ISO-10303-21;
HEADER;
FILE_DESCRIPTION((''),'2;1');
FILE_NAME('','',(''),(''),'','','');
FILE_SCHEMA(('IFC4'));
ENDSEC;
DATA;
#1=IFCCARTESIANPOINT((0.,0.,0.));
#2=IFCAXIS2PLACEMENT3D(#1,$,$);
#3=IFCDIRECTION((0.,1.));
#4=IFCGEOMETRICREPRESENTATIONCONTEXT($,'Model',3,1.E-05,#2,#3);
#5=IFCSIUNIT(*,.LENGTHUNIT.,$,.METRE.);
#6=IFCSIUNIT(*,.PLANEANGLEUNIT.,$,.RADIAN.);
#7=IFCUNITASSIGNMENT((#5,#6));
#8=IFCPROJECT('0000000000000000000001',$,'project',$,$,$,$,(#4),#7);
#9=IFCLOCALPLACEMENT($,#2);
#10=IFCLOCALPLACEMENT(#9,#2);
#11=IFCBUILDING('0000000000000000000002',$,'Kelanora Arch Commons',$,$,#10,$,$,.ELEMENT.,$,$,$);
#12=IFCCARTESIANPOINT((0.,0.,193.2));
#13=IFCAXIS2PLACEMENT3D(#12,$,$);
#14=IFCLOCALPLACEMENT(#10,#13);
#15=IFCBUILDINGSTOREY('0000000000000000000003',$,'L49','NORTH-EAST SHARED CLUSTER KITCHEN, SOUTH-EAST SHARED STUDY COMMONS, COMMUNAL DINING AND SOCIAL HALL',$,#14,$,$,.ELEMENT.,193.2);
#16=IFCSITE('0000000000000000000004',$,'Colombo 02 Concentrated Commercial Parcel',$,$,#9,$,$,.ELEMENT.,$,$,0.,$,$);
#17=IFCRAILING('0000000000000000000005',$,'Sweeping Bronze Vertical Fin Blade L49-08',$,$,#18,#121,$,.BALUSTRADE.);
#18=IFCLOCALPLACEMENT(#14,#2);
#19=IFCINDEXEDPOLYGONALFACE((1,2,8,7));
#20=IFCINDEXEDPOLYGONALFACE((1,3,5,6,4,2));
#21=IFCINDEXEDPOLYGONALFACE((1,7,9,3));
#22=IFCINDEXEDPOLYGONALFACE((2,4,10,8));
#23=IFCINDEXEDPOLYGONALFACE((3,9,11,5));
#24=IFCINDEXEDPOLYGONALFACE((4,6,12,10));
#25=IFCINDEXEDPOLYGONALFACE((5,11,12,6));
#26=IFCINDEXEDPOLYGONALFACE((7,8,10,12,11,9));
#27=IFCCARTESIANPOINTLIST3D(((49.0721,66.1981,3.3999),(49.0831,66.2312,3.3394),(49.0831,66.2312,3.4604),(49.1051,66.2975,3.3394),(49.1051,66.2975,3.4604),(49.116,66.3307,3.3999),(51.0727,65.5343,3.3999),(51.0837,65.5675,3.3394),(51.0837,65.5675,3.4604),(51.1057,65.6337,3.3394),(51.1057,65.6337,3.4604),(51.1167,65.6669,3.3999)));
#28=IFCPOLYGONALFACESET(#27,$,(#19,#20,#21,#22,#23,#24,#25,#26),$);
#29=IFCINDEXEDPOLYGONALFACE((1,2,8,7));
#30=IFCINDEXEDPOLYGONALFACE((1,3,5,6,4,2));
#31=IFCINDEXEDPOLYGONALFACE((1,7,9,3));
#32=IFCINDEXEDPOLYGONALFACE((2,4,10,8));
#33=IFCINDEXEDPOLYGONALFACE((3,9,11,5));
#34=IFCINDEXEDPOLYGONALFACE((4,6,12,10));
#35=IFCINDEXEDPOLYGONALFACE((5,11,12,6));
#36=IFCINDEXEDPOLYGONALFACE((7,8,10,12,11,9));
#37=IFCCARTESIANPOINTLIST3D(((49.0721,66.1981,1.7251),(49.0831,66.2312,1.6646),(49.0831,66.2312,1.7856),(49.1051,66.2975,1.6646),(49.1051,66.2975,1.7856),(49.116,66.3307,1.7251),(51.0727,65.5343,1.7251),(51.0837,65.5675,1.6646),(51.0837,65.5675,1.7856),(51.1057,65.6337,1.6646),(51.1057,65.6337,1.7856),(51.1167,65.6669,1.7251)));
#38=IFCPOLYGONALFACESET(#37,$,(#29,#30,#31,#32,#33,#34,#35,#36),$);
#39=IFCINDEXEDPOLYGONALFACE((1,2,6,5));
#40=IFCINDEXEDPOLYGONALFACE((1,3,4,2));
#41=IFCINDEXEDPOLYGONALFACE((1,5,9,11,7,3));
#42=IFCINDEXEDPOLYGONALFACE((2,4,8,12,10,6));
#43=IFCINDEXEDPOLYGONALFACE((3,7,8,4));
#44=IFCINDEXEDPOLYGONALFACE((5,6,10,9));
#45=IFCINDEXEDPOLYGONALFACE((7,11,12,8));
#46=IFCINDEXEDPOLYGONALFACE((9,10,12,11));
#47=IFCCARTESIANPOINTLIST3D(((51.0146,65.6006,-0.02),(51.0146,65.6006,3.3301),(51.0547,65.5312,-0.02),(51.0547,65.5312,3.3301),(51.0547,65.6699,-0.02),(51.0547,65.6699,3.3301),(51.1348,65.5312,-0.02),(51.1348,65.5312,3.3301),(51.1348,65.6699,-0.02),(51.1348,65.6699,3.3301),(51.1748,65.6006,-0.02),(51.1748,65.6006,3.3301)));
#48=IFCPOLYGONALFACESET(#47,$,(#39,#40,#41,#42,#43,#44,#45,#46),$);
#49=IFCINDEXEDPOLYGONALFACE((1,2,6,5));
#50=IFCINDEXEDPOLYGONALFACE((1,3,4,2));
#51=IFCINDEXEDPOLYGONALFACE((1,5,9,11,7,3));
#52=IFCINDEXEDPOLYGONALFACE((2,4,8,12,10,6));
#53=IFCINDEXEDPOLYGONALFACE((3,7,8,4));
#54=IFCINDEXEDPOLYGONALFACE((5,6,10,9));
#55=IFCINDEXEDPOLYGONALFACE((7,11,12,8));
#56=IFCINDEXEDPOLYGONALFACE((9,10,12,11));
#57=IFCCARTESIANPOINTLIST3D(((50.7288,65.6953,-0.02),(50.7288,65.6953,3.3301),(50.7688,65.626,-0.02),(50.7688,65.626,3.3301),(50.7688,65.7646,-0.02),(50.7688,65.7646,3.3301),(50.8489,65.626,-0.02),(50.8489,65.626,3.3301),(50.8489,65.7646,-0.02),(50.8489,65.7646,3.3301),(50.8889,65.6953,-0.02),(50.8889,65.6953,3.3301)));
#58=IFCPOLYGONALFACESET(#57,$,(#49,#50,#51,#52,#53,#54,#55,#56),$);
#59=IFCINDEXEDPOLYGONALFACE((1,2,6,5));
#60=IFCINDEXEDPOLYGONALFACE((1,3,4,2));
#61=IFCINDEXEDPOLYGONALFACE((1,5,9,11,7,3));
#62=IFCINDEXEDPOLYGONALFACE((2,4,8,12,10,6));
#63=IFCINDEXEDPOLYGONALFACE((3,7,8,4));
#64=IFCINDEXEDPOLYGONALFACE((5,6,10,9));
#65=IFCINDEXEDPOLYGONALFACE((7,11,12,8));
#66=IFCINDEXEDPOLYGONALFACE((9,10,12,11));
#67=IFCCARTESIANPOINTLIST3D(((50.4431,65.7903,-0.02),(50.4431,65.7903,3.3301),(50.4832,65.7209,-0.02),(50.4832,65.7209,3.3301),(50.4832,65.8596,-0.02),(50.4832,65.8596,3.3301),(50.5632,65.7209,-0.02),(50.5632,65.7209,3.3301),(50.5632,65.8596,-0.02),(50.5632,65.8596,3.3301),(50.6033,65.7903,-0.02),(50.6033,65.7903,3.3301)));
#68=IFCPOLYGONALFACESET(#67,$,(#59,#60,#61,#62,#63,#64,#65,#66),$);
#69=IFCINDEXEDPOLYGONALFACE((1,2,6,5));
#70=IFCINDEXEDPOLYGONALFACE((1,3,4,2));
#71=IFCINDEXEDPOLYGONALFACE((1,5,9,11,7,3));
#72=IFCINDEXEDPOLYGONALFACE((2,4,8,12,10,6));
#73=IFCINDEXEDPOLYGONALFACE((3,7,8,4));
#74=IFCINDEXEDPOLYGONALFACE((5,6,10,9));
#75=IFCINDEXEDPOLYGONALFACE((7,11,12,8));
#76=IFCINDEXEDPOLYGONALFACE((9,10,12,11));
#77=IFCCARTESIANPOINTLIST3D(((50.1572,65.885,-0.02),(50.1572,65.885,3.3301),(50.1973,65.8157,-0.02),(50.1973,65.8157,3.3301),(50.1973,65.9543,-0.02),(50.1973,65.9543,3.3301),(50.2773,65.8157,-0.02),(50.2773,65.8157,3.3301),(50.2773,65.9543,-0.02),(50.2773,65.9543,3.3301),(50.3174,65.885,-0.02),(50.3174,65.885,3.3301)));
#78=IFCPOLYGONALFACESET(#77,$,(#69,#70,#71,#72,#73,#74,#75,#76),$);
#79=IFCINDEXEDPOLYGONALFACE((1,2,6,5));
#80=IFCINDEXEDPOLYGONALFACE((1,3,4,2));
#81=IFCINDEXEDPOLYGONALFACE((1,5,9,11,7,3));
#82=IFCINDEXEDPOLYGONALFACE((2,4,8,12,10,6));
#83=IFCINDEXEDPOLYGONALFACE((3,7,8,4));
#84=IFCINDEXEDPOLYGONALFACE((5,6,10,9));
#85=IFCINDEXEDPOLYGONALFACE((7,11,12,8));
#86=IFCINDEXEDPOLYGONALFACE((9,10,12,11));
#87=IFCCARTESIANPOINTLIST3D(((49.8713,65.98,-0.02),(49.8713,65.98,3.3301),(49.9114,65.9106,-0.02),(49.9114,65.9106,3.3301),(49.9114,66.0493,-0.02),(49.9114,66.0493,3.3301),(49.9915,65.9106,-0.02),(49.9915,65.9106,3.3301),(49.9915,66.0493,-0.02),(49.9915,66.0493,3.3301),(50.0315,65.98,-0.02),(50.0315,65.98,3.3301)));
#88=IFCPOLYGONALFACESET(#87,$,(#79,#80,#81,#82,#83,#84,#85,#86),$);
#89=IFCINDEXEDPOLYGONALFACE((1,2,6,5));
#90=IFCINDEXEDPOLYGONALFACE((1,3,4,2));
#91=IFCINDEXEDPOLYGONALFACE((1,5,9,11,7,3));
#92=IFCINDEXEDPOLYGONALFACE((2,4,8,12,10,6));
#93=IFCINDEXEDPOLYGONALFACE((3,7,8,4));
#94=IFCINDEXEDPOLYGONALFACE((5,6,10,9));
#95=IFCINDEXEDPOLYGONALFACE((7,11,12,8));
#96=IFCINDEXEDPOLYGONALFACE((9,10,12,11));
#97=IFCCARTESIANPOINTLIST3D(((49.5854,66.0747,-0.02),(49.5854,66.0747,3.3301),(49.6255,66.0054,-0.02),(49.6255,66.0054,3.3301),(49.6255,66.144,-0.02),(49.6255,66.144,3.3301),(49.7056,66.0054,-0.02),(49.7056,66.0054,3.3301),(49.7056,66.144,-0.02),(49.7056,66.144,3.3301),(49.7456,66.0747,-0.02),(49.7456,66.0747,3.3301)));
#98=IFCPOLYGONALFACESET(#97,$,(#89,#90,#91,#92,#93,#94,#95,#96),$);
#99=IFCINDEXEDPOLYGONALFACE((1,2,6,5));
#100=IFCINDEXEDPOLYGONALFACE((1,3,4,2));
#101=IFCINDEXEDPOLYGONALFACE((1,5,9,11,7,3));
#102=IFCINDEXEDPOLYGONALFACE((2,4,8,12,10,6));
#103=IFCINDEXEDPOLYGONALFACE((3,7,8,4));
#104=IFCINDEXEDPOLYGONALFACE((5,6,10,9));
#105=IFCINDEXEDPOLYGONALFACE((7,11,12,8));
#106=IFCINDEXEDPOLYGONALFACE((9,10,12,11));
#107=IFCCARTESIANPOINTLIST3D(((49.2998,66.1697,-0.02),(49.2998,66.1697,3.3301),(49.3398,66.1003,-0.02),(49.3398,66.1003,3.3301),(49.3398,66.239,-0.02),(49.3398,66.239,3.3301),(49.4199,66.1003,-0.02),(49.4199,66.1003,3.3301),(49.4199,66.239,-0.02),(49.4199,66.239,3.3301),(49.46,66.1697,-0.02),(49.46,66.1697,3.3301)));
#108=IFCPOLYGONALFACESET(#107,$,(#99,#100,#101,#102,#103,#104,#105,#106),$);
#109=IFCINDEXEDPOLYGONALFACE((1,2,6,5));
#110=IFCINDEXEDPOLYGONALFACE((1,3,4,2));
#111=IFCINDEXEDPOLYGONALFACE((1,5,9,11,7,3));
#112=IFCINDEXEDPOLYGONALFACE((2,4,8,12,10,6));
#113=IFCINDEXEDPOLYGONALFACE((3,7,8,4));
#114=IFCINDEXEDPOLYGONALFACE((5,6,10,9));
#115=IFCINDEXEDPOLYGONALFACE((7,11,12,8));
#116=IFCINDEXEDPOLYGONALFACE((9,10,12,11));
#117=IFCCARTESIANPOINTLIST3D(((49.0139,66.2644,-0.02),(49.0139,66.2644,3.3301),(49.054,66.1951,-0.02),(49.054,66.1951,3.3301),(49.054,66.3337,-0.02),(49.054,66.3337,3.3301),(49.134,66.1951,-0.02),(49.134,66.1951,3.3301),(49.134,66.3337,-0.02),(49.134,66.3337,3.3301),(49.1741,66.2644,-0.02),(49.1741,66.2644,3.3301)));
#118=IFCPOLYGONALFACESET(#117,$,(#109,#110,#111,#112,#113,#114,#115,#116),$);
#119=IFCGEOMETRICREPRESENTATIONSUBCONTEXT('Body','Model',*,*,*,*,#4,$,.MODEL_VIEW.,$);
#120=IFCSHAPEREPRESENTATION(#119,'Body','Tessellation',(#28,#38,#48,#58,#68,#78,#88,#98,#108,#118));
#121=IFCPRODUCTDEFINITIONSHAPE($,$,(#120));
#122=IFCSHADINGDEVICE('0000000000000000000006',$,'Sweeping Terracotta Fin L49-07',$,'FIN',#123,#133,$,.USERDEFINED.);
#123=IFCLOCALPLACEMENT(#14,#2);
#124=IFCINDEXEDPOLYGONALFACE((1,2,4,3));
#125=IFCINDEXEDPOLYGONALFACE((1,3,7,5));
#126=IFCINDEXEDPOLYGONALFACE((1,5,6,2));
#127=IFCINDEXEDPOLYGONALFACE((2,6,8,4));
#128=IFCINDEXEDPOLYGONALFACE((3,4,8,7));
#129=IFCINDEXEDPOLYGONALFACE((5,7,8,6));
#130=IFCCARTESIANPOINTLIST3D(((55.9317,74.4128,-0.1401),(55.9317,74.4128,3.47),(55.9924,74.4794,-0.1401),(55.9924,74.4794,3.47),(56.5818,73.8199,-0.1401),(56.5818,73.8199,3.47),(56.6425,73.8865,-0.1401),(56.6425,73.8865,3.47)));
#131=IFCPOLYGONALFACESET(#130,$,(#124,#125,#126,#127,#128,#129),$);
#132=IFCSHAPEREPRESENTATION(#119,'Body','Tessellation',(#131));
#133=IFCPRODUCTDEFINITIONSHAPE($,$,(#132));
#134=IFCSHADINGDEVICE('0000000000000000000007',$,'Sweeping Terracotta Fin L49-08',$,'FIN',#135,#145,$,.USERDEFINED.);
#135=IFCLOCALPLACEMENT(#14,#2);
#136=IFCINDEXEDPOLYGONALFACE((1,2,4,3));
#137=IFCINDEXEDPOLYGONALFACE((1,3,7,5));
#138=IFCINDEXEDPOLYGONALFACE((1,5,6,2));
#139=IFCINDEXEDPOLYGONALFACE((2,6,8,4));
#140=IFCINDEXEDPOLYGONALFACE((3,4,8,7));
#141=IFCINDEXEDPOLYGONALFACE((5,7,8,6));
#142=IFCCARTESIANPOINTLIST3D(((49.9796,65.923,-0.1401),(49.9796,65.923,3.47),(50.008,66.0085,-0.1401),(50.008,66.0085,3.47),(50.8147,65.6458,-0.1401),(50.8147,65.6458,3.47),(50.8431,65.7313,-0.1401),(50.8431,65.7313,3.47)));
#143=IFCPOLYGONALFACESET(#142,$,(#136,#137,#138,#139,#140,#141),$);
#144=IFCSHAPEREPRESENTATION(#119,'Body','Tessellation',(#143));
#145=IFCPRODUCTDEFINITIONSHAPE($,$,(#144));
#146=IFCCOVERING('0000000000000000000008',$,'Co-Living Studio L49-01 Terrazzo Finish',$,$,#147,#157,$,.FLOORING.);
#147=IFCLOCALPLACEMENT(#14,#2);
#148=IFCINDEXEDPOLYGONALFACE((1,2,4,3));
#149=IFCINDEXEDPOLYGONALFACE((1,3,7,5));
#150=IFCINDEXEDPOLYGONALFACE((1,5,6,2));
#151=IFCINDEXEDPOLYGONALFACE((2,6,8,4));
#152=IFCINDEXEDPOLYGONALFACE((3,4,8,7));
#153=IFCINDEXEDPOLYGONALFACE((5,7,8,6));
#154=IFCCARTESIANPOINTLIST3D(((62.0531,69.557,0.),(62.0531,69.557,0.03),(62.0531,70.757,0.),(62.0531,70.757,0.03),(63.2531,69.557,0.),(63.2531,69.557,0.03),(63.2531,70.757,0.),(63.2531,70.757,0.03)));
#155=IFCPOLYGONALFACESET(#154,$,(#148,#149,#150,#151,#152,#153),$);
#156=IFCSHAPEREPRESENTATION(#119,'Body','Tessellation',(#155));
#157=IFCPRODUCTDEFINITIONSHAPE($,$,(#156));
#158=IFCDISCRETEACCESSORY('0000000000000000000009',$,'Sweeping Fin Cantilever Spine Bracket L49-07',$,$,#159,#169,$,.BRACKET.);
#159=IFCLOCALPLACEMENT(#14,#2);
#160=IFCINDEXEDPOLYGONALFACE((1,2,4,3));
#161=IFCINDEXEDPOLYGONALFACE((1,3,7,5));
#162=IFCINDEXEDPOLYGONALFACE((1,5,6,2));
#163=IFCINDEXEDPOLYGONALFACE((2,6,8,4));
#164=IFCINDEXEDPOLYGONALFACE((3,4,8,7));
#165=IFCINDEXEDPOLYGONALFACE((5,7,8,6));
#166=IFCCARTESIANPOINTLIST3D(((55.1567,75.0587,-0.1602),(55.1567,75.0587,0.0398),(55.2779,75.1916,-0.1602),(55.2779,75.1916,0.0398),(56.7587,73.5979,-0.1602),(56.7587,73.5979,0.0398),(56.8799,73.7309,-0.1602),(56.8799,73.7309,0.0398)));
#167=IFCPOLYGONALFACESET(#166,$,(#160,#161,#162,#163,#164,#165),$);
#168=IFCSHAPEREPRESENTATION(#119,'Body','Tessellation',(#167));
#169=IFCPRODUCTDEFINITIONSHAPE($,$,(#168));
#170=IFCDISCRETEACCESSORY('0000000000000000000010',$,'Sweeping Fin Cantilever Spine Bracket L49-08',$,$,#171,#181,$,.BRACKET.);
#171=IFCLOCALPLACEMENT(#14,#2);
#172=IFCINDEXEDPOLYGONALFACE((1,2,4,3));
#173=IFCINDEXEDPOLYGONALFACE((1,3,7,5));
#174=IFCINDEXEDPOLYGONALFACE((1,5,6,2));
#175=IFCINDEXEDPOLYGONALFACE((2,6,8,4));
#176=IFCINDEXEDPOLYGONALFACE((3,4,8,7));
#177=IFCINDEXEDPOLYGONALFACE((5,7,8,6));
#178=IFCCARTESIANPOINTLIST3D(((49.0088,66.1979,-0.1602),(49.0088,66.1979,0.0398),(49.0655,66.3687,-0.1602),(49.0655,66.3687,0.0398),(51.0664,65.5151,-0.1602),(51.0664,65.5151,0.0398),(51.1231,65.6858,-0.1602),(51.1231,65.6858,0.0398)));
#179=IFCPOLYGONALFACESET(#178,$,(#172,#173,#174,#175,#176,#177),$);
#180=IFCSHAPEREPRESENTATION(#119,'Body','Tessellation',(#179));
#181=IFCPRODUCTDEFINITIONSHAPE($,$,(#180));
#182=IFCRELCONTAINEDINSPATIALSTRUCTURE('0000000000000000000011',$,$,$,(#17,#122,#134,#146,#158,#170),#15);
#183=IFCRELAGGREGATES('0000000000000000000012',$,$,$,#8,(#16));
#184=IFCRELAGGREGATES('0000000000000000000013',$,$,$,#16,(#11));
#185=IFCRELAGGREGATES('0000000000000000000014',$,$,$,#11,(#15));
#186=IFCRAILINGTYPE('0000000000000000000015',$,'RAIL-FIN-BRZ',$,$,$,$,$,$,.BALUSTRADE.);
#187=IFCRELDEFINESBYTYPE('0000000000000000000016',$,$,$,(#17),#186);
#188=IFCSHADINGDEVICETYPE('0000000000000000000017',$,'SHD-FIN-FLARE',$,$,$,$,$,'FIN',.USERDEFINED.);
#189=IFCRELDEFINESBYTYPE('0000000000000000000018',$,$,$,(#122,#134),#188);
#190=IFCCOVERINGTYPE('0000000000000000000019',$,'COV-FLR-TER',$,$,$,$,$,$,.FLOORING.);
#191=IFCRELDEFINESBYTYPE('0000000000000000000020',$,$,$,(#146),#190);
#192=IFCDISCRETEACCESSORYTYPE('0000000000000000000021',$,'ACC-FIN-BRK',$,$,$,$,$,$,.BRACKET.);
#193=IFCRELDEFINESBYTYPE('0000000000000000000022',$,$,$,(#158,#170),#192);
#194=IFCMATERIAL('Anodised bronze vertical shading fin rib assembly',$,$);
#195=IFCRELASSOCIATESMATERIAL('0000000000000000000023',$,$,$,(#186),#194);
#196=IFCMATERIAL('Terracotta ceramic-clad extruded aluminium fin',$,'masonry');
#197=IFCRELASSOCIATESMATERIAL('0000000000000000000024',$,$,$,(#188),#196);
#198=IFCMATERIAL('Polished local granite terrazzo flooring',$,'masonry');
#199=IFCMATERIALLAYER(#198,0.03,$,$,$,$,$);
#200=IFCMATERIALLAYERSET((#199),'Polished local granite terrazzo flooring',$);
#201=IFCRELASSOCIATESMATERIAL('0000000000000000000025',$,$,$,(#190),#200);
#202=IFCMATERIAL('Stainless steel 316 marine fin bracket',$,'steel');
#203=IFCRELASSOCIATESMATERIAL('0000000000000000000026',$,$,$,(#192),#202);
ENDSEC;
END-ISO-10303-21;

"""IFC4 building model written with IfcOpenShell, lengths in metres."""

from ifc_helpers import new_model, si_unit, direction, frame, origin, origin_2d, place, context, subcontext, project, spatial, polyline, rectangle, outline, extrude, source, transform, mapped, material, layer, layer_set, type_object, element, save


model = new_model("IFC4")

# Units and contexts
model_context = context("Model", 3, precision=1e-05, world=origin(), true_north=direction((0.0, 1.0)))
body_context = subcontext(model_context, "Body", "Model", "MODEL_VIEW")
ifc_project = project(units=[si_unit("LENGTHUNIT", "METRE"), si_unit("PLANEANGLEUNIT", "RADIAN")], contexts=[model_context])

# Site, building, storey
site_placement = place(None, origin())
site = spatial("IfcSite", under=ifc_project, at=site_placement, Name="Colombo 02 Concentrated Commercial Parcel", CompositionType="ELEMENT", RefElevation=0.0)
building_placement = place(site_placement, origin())
building = spatial("IfcBuilding", under=site, at=building_placement, Name="Kelanora Arch Commons", CompositionType="ELEMENT")
storey_placement = place(building_placement, frame((0.0, 0.0, 193.2)))
storey = spatial("IfcBuildingStorey", under=building, at=storey_placement, Name="L49", Description="NORTH-EAST SHARED CLUSTER KITCHEN, SOUTH-EAST SHARED STUDY COMMONS, COMMUNAL DINING AND SOCIAL HALL", CompositionType="ELEMENT", Elevation=193.2)

# Railing
ifc_material_1 = material(Name="Anodised bronze vertical shading fin rib assembly")
railing_type = type_object("IfcRailingType", Name="RAIL-FIN-BRZ", PredefinedType="BALUSTRADE", material=ifc_material_1)
railing_1_placement = place(storey_placement, frame((51.0947, 65.6006, -0.02)))
element("IfcRailing", 1, at=railing_1_placement, inside=storey, type_object=railing_type, Name="Sweeping Bronze Vertical Fin Blade L49-08", PredefinedType="BALUSTRADE", context=body_context, shape_type="SweptSolid", body=[
    extrude(outline(polyline([(0.0698, 0.0), (0.0349, 0.0605), (-0.0349, 0.0605), (-0.0698, 0.0), (-0.0349, -0.0605), (0.0349, -0.0605), (0.0698, 0.0)])), frame((0.0, 0.0, 3.4199), z_axis=(-0.949122, 0.314907, 0.0), x_axis=(-0.314907, -0.949122, 0.0)), (0.0, 0.0, 1.0), 2.1079),
    extrude(outline(polyline([(0.0698, 0.0), (0.0349, 0.0605), (-0.0349, 0.0605), (-0.0698, 0.0), (-0.0349, -0.0605), (0.0349, -0.0605), (0.0698, 0.0)])), frame((0.0, 0.0, 1.7451), z_axis=(-0.949122, 0.314907, 0.0), x_axis=(-0.314907, -0.949122, 0.0)), (0.0, 0.0, 1.0), 2.1079),
    extrude(outline(polyline([(0.0801, 0.0), (0.04, 0.0693), (-0.04, 0.0693), (-0.0801, 0.0), (-0.04, -0.0693), (0.04, -0.0693), (0.0801, 0.0)])), origin(), (0.0, 0.0, 1.0), 3.3501),
    extrude(outline(polyline([(0.0801, 0.0), (0.04, 0.0693), (-0.04, 0.0693), (-0.0801, 0.0), (-0.04, -0.0693), (0.04, -0.0693), (0.0801, 0.0)])), frame((-0.2859, 0.0947, 0.0)), (0.0, 0.0, 1.0), 3.3501),
    extrude(outline(polyline([(0.0801, 0.0), (0.04, 0.0693), (-0.04, 0.0693), (-0.0801, 0.0), (-0.04, -0.0693), (0.04, -0.0693), (0.0801, 0.0)])), frame((-0.5715, 0.1897, 0.0)), (0.0, 0.0, 1.0), 3.3501),
    extrude(outline(polyline([(0.0801, 0.0), (0.04, 0.0693), (-0.04, 0.0693), (-0.0801, 0.0), (-0.04, -0.0693), (0.04, -0.0693), (0.0801, 0.0)])), frame((-0.8574, 0.2844, 0.0)), (0.0, 0.0, 1.0), 3.3501),
    extrude(outline(polyline([(0.0801, 0.0), (0.04, 0.0693), (-0.04, 0.0693), (-0.0801, 0.0), (-0.04, -0.0693), (0.04, -0.0693), (0.0801, 0.0)])), frame((-1.1433, 0.3794, 0.0)), (0.0, 0.0, 1.0), 3.3501),
    extrude(outline(polyline([(0.0801, 0.0), (0.04, 0.0693), (-0.04, 0.0693), (-0.0801, 0.0), (-0.04, -0.0693), (0.04, -0.0693), (0.0801, 0.0)])), frame((-1.4292, 0.4741, 0.0)), (0.0, 0.0, 1.0), 3.3501),
    extrude(outline(polyline([(0.0801, 0.0), (0.04, 0.0693), (-0.04, 0.0693), (-0.0801, 0.0), (-0.04, -0.0693), (0.04, -0.0693), (0.0801, 0.0)])), frame((-1.7148, 0.5691, 0.0)), (0.0, 0.0, 1.0), 3.3501),
    extrude(outline(polyline([(0.0801, 0.0), (0.04, 0.0693), (-0.04, 0.0693), (-0.0801, 0.0), (-0.04, -0.0693), (0.04, -0.0693), (0.0801, 0.0)])), frame((-2.0007, 0.6638, 0.0)), (0.0, 0.0, 1.0), 3.3501),
])

# Shading devices
ifc_material_2 = material(Name="Terracotta ceramic-clad extruded aluminium fin", Category="masonry")
shading_device_type = type_object("IfcShadingDeviceType", Name="SHD-FIN-FLARE", ElementType="FIN", PredefinedType="USERDEFINED", material=ifc_material_2)
shared_shape_1 = source(origin(), body_context, "Body", "SweptSolid", [
    extrude(rectangle(XDim=0.8799, YDim=0.0901, at=origin_2d()), origin(), (0.0, 0.0, 1.0), 3.6101),
])
for number, where, z_axis, x_axis, name in (
    (2, (56.2871, 74.1497, -0.1401), (0.0, 0.0, 1.0), (-0.738926, 0.673787, 0.0), "Sweeping Terracotta Fin L49-07"),
    (3, (50.4114, 65.8271, -0.1401), (0.0, 0.0, 1.0), (-0.949096, 0.314987, 0.0), "Sweeping Terracotta Fin L49-08"),
):
    element("IfcShadingDevice", number, at=place(storey_placement, frame(where, z_axis=z_axis, x_axis=x_axis)), inside=storey, type_object=shading_device_type, Name=name, ObjectType="FIN", PredefinedType="USERDEFINED", context=body_context, shape_type="MappedRepresentation", body=[
        mapped(shared_shape_1, transform((0.0, 0.0, 0.0), scale=1.0)),
    ])

# Covering
ifc_material_3 = material(Name="Polished local granite terrazzo flooring", Category="masonry")
ifc_layer_1 = layer(ifc_material_3, 0.03)
ifc_layer_set_1 = layer_set([ifc_layer_1], Name="Polished local granite terrazzo flooring")
covering_type = type_object("IfcCoveringType", Name="COV-FLR-TER", PredefinedType="FLOORING", material=ifc_layer_set_1)
shared_shape_2 = source(origin(), body_context, "Body", "SweptSolid", [
    extrude(rectangle(XDim=1.2, YDim=1.2, at=origin_2d()), origin(), (0.0, 0.0, 1.0), 0.03),
])
covering_placement = place(storey_placement, frame((62.6531, 70.157, 0.0), z_axis=(0.0, 0.0, 1.0), x_axis=(1.0, 0.0, 0.0)))
element("IfcCovering", 4, at=covering_placement, inside=storey, type_object=covering_type, Name="Co-Living Studio L49-01 Terrazzo Finish", PredefinedType="FLOORING", context=body_context, shape_type="MappedRepresentation", body=[
    mapped(shared_shape_2, transform((0.0, 0.0, 0.0), scale=1.0)),
])

# Discrete accessories
ifc_material_4 = material(Name="Stainless steel 316 marine fin bracket", Category="steel")
discrete_accessory_type = type_object("IfcDiscreteAccessoryType", Name="ACC-FIN-BRK", PredefinedType="BRACKET", material=ifc_material_4)
shared_shape_3 = source(origin(), body_context, "Body", "SweptSolid", [
    extrude(rectangle(XDim=2.168, YDim=0.1799, at=origin_2d()), origin(), (0.0, 0.0, 1.0), 0.2),
])
for number, where, z_axis, x_axis, name in (
    (5, (56.0183, 74.3948, -0.1602), (0.0, 0.0, 1.0), (-0.738926, 0.673787, 0.0), "Sweeping Fin Cantilever Spine Bracket L49-07"),
    (6, (50.0659, 65.9419, -0.1602), (0.0, 0.0, 1.0), (-0.949096, 0.314987, 0.0), "Sweeping Fin Cantilever Spine Bracket L49-08"),
):
    element("IfcDiscreteAccessory", number, at=place(storey_placement, frame(where, z_axis=z_axis, x_axis=x_axis)), inside=storey, type_object=discrete_accessory_type, Name=name, PredefinedType="BRACKET", context=body_context, shape_type="MappedRepresentation", body=[
        mapped(shared_shape_3, transform((0.0, 0.0, 0.0), scale=1.0)),
    ])

save(model, "model.ifc")
